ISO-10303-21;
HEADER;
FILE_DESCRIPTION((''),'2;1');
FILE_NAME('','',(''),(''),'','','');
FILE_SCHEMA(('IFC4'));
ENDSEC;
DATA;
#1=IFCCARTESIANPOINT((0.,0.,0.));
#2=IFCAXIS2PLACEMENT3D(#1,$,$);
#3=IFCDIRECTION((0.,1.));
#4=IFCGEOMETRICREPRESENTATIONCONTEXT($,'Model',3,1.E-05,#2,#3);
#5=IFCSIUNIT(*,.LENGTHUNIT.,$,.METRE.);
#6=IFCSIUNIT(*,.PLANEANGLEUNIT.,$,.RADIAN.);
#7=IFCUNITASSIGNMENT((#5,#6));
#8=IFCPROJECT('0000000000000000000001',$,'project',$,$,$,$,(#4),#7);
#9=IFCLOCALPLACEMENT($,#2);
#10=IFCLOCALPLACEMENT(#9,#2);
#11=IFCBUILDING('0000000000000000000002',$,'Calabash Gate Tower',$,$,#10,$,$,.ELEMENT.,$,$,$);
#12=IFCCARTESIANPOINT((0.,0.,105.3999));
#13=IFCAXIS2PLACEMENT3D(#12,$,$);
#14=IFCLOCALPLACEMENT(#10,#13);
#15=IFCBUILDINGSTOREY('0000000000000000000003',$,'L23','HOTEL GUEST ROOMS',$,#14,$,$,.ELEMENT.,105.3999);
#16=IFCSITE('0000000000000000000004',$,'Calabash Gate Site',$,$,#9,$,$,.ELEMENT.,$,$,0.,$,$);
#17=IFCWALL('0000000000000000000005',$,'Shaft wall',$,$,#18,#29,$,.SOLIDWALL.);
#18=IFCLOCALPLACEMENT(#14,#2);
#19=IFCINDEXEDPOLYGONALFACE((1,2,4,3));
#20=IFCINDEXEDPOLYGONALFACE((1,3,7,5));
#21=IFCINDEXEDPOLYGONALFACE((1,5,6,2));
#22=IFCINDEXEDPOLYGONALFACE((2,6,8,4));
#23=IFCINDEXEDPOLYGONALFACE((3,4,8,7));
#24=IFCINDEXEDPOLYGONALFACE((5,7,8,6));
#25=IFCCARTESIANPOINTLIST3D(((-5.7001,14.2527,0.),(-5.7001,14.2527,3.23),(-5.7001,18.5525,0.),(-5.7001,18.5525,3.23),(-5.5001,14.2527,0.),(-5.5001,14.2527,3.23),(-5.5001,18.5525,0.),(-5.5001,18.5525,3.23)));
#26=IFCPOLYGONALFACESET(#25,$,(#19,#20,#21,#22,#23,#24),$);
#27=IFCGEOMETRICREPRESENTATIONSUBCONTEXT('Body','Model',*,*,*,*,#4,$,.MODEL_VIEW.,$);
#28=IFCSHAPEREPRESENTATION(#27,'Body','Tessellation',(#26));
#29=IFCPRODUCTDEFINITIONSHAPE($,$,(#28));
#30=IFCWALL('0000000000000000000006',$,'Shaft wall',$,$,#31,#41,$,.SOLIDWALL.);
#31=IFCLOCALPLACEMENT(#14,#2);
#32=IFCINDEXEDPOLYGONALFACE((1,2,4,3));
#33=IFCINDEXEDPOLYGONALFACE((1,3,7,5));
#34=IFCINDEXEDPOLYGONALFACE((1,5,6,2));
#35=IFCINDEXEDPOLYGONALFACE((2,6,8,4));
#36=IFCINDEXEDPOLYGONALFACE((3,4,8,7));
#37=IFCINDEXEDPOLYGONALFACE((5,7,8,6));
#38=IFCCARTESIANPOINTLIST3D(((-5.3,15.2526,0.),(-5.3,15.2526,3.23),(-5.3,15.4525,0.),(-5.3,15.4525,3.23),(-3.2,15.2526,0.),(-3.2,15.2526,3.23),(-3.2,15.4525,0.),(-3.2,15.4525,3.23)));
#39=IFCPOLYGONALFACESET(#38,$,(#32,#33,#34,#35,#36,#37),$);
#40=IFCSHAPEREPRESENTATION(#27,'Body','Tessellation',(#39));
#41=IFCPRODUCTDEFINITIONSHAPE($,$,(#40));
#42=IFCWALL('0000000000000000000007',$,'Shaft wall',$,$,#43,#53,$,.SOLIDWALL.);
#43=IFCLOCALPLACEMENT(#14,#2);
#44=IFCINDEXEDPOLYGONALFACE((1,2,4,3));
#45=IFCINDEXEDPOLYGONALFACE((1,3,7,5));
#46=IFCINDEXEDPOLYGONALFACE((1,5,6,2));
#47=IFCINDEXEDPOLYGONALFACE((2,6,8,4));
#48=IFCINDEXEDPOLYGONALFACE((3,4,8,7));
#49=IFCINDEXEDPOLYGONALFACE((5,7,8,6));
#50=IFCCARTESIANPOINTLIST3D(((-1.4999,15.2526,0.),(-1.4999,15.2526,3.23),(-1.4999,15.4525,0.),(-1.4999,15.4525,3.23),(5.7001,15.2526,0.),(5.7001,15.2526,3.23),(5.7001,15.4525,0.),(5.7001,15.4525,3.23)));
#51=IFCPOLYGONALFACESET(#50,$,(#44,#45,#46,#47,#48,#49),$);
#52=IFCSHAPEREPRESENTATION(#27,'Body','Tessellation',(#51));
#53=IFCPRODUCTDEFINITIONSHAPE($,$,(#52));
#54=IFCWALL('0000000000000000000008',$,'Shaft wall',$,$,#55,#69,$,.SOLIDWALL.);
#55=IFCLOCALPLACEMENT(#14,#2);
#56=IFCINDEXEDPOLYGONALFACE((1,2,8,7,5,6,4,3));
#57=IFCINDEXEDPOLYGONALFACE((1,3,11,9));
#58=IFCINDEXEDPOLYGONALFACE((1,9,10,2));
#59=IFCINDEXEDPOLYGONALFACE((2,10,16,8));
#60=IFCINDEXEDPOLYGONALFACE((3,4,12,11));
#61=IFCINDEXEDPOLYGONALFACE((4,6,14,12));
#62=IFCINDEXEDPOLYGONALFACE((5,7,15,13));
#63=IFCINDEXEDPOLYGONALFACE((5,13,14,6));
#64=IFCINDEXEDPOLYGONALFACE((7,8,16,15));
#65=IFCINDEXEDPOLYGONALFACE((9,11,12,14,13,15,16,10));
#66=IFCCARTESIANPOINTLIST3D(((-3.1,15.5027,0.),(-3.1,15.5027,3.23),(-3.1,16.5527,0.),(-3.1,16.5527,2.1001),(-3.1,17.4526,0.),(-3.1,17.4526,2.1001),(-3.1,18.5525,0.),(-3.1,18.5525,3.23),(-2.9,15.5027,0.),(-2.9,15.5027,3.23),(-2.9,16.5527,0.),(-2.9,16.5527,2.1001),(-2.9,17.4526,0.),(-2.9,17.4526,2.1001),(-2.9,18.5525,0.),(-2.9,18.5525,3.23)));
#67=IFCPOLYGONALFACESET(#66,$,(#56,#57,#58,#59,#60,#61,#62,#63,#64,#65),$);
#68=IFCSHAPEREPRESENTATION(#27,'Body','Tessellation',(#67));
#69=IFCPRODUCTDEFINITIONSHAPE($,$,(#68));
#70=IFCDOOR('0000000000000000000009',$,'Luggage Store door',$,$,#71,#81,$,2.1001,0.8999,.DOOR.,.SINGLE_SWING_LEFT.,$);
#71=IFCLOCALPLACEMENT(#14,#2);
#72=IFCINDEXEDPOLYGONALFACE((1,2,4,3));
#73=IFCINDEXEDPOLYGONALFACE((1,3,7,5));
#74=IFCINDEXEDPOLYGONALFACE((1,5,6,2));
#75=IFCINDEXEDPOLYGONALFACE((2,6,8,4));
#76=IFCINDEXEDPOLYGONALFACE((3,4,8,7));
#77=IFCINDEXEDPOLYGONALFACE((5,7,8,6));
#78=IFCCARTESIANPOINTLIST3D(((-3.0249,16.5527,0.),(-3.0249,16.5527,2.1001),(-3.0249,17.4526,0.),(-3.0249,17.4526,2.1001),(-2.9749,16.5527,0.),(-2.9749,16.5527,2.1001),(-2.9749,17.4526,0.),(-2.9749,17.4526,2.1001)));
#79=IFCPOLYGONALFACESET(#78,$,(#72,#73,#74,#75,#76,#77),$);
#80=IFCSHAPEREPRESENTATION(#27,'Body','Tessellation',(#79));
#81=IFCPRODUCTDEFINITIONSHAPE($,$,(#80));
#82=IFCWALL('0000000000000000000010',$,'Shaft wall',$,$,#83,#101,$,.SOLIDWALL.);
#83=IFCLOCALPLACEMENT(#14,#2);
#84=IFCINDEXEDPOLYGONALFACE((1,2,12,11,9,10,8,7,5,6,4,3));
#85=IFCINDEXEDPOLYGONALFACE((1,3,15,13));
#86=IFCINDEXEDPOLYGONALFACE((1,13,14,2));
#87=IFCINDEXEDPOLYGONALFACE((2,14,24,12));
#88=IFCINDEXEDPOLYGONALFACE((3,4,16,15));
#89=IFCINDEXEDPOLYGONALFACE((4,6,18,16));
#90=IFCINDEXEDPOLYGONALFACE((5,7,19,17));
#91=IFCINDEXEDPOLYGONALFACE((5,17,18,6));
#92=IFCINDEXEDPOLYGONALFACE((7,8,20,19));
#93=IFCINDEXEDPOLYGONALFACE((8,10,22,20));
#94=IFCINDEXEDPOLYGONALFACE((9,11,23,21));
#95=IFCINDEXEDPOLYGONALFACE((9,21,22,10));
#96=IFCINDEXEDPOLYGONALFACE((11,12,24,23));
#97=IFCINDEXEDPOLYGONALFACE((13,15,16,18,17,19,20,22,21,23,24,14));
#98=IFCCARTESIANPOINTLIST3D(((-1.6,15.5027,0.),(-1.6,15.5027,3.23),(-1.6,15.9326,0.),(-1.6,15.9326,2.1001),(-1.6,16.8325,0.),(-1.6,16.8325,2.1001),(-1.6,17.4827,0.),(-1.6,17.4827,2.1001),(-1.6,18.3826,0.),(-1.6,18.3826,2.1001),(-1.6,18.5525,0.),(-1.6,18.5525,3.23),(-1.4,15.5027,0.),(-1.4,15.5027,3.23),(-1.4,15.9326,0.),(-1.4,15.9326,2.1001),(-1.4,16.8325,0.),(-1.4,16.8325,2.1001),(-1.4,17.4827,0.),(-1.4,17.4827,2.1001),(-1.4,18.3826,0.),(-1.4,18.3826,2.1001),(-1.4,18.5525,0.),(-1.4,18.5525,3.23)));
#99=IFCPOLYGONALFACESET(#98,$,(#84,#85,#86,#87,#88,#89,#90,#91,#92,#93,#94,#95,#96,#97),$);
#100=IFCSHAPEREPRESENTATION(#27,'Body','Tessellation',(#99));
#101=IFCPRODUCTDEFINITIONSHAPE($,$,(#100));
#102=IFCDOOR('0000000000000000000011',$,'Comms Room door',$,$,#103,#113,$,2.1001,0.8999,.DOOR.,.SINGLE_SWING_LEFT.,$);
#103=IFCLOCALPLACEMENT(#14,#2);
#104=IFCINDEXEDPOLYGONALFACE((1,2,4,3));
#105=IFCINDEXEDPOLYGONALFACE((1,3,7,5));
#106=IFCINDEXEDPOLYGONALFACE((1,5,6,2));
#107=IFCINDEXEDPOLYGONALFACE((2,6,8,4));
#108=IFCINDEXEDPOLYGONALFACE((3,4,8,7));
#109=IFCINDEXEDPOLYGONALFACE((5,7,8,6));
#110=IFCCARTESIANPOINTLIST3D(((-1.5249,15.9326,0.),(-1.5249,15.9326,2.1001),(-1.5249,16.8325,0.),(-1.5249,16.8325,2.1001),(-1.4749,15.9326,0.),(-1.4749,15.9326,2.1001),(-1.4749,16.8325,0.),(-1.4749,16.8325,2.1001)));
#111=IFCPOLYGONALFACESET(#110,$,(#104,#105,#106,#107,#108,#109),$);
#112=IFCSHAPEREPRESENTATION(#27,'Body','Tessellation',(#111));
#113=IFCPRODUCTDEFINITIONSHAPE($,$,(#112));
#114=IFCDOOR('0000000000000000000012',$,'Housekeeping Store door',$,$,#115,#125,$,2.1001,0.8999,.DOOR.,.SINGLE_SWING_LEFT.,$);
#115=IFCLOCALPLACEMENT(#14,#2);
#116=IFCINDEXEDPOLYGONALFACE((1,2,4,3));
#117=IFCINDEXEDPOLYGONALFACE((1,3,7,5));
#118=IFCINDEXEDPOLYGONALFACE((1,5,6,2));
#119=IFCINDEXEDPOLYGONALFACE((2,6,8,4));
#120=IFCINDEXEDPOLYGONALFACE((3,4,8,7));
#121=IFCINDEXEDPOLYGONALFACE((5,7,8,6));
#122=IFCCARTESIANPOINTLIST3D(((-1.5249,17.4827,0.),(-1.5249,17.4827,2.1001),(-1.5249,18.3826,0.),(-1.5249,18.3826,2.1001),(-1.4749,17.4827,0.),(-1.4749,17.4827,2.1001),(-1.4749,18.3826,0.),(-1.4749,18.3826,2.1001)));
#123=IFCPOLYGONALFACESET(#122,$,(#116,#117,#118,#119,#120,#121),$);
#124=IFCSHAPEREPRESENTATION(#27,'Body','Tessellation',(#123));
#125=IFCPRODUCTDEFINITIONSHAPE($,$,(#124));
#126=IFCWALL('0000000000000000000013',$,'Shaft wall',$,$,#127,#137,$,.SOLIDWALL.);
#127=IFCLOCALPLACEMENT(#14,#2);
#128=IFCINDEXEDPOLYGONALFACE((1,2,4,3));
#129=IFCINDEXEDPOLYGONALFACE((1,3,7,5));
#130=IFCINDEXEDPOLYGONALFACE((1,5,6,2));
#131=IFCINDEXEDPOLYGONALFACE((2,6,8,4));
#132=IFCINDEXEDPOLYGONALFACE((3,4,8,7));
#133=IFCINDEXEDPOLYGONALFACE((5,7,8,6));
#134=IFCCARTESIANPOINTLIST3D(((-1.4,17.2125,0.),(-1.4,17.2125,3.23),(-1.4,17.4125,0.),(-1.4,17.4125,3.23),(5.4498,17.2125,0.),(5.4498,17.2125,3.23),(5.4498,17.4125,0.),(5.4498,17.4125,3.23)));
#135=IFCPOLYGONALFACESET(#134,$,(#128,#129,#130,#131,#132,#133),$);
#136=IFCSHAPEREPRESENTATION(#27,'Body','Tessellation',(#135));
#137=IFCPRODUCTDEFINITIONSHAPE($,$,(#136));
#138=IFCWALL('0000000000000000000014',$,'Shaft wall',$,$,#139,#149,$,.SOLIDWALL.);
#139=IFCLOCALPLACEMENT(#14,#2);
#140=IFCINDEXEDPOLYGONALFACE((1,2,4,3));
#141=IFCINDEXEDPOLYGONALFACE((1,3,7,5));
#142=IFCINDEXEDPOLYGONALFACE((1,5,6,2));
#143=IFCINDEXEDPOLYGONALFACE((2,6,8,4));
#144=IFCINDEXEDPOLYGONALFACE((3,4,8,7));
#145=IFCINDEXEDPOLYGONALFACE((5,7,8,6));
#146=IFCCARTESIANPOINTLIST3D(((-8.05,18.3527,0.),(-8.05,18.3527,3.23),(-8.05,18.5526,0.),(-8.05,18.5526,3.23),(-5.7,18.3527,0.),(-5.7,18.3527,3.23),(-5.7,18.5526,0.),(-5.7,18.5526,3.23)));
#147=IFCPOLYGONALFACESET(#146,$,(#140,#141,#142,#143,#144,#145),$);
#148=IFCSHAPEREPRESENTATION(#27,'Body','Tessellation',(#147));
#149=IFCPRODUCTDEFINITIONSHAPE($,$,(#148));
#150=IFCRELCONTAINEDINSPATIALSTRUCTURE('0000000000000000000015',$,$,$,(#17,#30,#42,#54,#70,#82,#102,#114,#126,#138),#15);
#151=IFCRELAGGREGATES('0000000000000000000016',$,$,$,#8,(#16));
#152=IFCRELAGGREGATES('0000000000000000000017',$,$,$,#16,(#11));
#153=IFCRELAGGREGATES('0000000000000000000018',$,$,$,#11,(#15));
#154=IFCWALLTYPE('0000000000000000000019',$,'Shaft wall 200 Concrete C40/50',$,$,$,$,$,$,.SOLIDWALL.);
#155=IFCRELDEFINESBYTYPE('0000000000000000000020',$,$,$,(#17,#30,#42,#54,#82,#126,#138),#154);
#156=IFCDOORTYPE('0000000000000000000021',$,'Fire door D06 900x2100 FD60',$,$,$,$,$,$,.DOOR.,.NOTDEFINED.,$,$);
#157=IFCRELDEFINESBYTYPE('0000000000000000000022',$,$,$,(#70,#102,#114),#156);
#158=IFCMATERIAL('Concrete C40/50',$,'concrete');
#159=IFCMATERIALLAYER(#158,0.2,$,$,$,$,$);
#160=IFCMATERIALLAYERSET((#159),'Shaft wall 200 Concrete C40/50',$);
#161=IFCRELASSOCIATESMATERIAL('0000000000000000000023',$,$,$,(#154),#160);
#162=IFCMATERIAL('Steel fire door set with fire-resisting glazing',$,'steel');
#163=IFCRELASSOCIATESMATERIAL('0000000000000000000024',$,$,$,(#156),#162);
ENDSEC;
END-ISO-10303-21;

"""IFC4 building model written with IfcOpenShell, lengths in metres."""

from ifc_helpers import new_model, si_unit, direction, frame, frame_2d, origin, place, context, subcontext, project, spatial, rectangle, extrude, material, layer, layer_set, type_object, element, fill, save


model = new_model("IFC4")

# Units and contexts
model_context = context("Model", 3, precision=1e-05, world=origin(), true_north=direction((0.0, 1.0)))
body_context = subcontext(model_context, "Body", "Model", "MODEL_VIEW")
ifc_project = project(units=[si_unit("LENGTHUNIT", "METRE"), si_unit("PLANEANGLEUNIT", "RADIAN")], contexts=[model_context])

# Site, building, storey
site_placement = place(None, origin())
site = spatial("IfcSite", under=ifc_project, at=site_placement, Name="Calabash Gate Site", CompositionType="ELEMENT", RefElevation=0.0)
building_placement = place(site_placement, origin())
building = spatial("IfcBuilding", under=site, at=building_placement, Name="Calabash Gate Tower", CompositionType="ELEMENT")
storey_placement = place(building_placement, frame((0.0, 0.0, 105.3999)))
storey = spatial("IfcBuildingStorey", under=building, at=storey_placement, Name="L23", Description="HOTEL GUEST ROOMS", CompositionType="ELEMENT", Elevation=105.3999)

# Shared definitions
ifc_material_1 = material(Name="Concrete C40/50", Category="concrete")
ifc_layer_1 = layer(ifc_material_1, 0.2)
ifc_layer_set_1 = layer_set([ifc_layer_1], Name="Shaft wall 200 Concrete C40/50")
wall_type_1 = type_object("IfcWallType", Name="Shaft wall 200 Concrete C40/50", PredefinedType="SOLIDWALL", material=ifc_layer_set_1)
ifc_material_2 = material(Name="Steel fire door set with fire-resisting glazing", Category="steel")
door_type_1 = type_object("IfcDoorType", Name="Fire door D06 900x2100 FD60", OperationType="NOTDEFINED", PredefinedType="DOOR", material=ifc_material_2)

# Walls
wall_1_placement = place(storey_placement, frame((-5.6001, 14.2527, 0.0), z_axis=(0.0, 0.0, 1.0), x_axis=(0.0, 1.0, 0.0)))
element("IfcWall", 1, at=wall_1_placement, inside=storey, type_object=wall_type_1, Name="Shaft wall", PredefinedType="SOLIDWALL", context=body_context, shape_type="SweptSolid", body=[
    extrude(rectangle(XDim=4.2998, YDim=0.2, at=frame_2d((2.1499, 0.0))), origin(), (0.0, 0.0, 1.0), 3.23),
])
wall_2_placement = place(storey_placement, frame((-5.3, 15.3525, 0.0), z_axis=(0.0, 0.0, 1.0), x_axis=(1.0, 0.0, 0.0)))
element("IfcWall", 2, at=wall_2_placement, inside=storey, type_object=wall_type_1, Name="Shaft wall", PredefinedType="SOLIDWALL", context=body_context, shape_type="SweptSolid", body=[
    extrude(rectangle(XDim=2.1001, YDim=0.2, at=frame_2d((1.05, 0.0))), origin(), (0.0, 0.0, 1.0), 3.23),
])
wall_3_placement = place(storey_placement, frame((-1.5, 15.3525, 0.0), z_axis=(0.0, 0.0, 1.0), x_axis=(1.0, 0.0, 0.0)))
element("IfcWall", 3, at=wall_3_placement, inside=storey, type_object=wall_type_1, Name="Shaft wall", PredefinedType="SOLIDWALL", context=body_context, shape_type="SweptSolid", body=[
    extrude(rectangle(XDim=7.2, YDim=0.2, at=frame_2d((3.6001, 0.0))), origin(), (0.0, 0.0, 1.0), 3.23),
])

# Wall, opening, door
wall_4_placement = place(storey_placement, frame((-3.0, 15.5027, 0.0), z_axis=(0.0, 0.0, 1.0), x_axis=(0.0, 1.0, 0.0)))
wall_4 = element("IfcWall", 4, at=wall_4_placement, inside=storey, type_object=wall_type_1, Name="Shaft wall", PredefinedType="SOLIDWALL", context=body_context, shape_type="SweptSolid", body=[
    extrude(rectangle(XDim=3.0498, YDim=0.2, at=frame_2d((1.5249, 0.0))), origin(), (0.0, 0.0, 1.0), 3.23),
])
opening_1_placement = place(wall_4_placement, frame((1.05, 0.0, 0.0)))
opening_1 = element("IfcOpeningElement", 5, at=opening_1_placement, cuts=wall_4, PredefinedType="OPENING", context=body_context, shape_type="SweptSolid", body=[
    extrude(rectangle(XDim=0.8999, YDim=2.1001, at=frame_2d((0.45, 1.05))), frame((0.0, 0.1099, 0.0), z_axis=(0.0, -1.0, 0.0), x_axis=(1.0, 0.0, 0.0)), (0.0, 0.0, 1.0), 0.22),
])
door_1_placement = place(opening_1_placement, origin())
door_1 = element("IfcDoor", 6, at=door_1_placement, inside=storey, type_object=door_type_1, Name="Luggage Store door", OperationType="SINGLE_SWING_LEFT", OverallHeight=2.1001, OverallWidth=0.8999, PredefinedType="DOOR", context=body_context, shape_type="SweptSolid", body=[
    extrude(rectangle(XDim=0.8999, YDim=2.1001, at=frame_2d((0.45, 1.05))), frame((0.0, 0.0249, 0.0), z_axis=(0.0, -1.0, 0.0), x_axis=(1.0, 0.0, 0.0)), (0.0, 0.0, 1.0), 0.05),
])
fill(opening_1, door_1)

# Wall, openings, doors
wall_5_placement = place(storey_placement, frame((-1.5, 15.5027, 0.0), z_axis=(0.0, 0.0, 1.0), x_axis=(0.0, 1.0, 0.0)))
wall_5 = element("IfcWall", 7, at=wall_5_placement, inside=storey, type_object=wall_type_1, Name="Shaft wall", PredefinedType="SOLIDWALL", context=body_context, shape_type="SweptSolid", body=[
    extrude(rectangle(XDim=3.0498, YDim=0.2, at=frame_2d((1.5249, 0.0))), origin(), (0.0, 0.0, 1.0), 3.23),
])
opening_2_placement = place(wall_5_placement, frame((0.4299, 0.0, 0.0)))
opening_2 = element("IfcOpeningElement", 8, at=opening_2_placement, cuts=wall_5, PredefinedType="OPENING", context=body_context, shape_type="SweptSolid", body=[
    extrude(rectangle(XDim=0.8999, YDim=2.1001, at=frame_2d((0.45, 1.05))), frame((0.0, 0.1099, 0.0), z_axis=(0.0, -1.0, 0.0), x_axis=(1.0, 0.0, 0.0)), (0.0, 0.0, 1.0), 0.22),
])
opening_3_placement = place(wall_5_placement, frame((1.98, 0.0, 0.0)))
opening_3 = element("IfcOpeningElement", 9, at=opening_3_placement, cuts=wall_5, PredefinedType="OPENING", context=body_context, shape_type="SweptSolid", body=[
    extrude(rectangle(XDim=0.8999, YDim=2.1001, at=frame_2d((0.45, 1.05))), frame((0.0, 0.1099, 0.0), z_axis=(0.0, -1.0, 0.0), x_axis=(1.0, 0.0, 0.0)), (0.0, 0.0, 1.0), 0.22),
])
door_2_placement = place(opening_2_placement, origin())
door_2 = element("IfcDoor", 10, at=door_2_placement, inside=storey, type_object=door_type_1, Name="Comms Room door", OperationType="SINGLE_SWING_LEFT", OverallHeight=2.1001, OverallWidth=0.8999, PredefinedType="DOOR", context=body_context, shape_type="SweptSolid", body=[
    extrude(rectangle(XDim=0.8999, YDim=2.1001, at=frame_2d((0.45, 1.05))), frame((0.0, 0.0249, 0.0), z_axis=(0.0, -1.0, 0.0), x_axis=(1.0, 0.0, 0.0)), (0.0, 0.0, 1.0), 0.05),
])
fill(opening_2, door_2)
door_3_placement = place(opening_3_placement, origin())
door_3 = element("IfcDoor", 11, at=door_3_placement, inside=storey, type_object=door_type_1, Name="Housekeeping Store door", OperationType="SINGLE_SWING_LEFT", OverallHeight=2.1001, OverallWidth=0.8999, PredefinedType="DOOR", context=body_context, shape_type="SweptSolid", body=[
    extrude(rectangle(XDim=0.8999, YDim=2.1001, at=frame_2d((0.45, 1.05))), frame((0.0, 0.0249, 0.0), z_axis=(0.0, -1.0, 0.0), x_axis=(1.0, 0.0, 0.0)), (0.0, 0.0, 1.0), 0.05),
])
fill(opening_3, door_3)

# Walls
wall_6_placement = place(storey_placement, frame((-1.3999, 17.3125, 0.0), z_axis=(0.0, 0.0, 1.0), x_axis=(1.0, 0.0, 0.0)))
element("IfcWall", 12, at=wall_6_placement, inside=storey, type_object=wall_type_1, Name="Shaft wall", PredefinedType="SOLIDWALL", context=body_context, shape_type="SweptSolid", body=[
    extrude(rectangle(XDim=6.8499, YDim=0.2, at=frame_2d((3.4248, 0.0))), origin(), (0.0, 0.0, 1.0), 3.23),
])
wall_7_placement = place(storey_placement, frame((-8.05, 18.4526, 0.0), z_axis=(0.0, 0.0, 1.0), x_axis=(1.0, 0.0, 0.0)))
element("IfcWall", 13, at=wall_7_placement, inside=storey, type_object=wall_type_1, Name="Shaft wall", PredefinedType="SOLIDWALL", context=body_context, shape_type="SweptSolid", body=[
    extrude(rectangle(XDim=2.3501, YDim=0.2, at=frame_2d((1.175, 0.0))), origin(), (0.0, 0.0, 1.0), 3.23),
])

save(model, "model.ifc")
